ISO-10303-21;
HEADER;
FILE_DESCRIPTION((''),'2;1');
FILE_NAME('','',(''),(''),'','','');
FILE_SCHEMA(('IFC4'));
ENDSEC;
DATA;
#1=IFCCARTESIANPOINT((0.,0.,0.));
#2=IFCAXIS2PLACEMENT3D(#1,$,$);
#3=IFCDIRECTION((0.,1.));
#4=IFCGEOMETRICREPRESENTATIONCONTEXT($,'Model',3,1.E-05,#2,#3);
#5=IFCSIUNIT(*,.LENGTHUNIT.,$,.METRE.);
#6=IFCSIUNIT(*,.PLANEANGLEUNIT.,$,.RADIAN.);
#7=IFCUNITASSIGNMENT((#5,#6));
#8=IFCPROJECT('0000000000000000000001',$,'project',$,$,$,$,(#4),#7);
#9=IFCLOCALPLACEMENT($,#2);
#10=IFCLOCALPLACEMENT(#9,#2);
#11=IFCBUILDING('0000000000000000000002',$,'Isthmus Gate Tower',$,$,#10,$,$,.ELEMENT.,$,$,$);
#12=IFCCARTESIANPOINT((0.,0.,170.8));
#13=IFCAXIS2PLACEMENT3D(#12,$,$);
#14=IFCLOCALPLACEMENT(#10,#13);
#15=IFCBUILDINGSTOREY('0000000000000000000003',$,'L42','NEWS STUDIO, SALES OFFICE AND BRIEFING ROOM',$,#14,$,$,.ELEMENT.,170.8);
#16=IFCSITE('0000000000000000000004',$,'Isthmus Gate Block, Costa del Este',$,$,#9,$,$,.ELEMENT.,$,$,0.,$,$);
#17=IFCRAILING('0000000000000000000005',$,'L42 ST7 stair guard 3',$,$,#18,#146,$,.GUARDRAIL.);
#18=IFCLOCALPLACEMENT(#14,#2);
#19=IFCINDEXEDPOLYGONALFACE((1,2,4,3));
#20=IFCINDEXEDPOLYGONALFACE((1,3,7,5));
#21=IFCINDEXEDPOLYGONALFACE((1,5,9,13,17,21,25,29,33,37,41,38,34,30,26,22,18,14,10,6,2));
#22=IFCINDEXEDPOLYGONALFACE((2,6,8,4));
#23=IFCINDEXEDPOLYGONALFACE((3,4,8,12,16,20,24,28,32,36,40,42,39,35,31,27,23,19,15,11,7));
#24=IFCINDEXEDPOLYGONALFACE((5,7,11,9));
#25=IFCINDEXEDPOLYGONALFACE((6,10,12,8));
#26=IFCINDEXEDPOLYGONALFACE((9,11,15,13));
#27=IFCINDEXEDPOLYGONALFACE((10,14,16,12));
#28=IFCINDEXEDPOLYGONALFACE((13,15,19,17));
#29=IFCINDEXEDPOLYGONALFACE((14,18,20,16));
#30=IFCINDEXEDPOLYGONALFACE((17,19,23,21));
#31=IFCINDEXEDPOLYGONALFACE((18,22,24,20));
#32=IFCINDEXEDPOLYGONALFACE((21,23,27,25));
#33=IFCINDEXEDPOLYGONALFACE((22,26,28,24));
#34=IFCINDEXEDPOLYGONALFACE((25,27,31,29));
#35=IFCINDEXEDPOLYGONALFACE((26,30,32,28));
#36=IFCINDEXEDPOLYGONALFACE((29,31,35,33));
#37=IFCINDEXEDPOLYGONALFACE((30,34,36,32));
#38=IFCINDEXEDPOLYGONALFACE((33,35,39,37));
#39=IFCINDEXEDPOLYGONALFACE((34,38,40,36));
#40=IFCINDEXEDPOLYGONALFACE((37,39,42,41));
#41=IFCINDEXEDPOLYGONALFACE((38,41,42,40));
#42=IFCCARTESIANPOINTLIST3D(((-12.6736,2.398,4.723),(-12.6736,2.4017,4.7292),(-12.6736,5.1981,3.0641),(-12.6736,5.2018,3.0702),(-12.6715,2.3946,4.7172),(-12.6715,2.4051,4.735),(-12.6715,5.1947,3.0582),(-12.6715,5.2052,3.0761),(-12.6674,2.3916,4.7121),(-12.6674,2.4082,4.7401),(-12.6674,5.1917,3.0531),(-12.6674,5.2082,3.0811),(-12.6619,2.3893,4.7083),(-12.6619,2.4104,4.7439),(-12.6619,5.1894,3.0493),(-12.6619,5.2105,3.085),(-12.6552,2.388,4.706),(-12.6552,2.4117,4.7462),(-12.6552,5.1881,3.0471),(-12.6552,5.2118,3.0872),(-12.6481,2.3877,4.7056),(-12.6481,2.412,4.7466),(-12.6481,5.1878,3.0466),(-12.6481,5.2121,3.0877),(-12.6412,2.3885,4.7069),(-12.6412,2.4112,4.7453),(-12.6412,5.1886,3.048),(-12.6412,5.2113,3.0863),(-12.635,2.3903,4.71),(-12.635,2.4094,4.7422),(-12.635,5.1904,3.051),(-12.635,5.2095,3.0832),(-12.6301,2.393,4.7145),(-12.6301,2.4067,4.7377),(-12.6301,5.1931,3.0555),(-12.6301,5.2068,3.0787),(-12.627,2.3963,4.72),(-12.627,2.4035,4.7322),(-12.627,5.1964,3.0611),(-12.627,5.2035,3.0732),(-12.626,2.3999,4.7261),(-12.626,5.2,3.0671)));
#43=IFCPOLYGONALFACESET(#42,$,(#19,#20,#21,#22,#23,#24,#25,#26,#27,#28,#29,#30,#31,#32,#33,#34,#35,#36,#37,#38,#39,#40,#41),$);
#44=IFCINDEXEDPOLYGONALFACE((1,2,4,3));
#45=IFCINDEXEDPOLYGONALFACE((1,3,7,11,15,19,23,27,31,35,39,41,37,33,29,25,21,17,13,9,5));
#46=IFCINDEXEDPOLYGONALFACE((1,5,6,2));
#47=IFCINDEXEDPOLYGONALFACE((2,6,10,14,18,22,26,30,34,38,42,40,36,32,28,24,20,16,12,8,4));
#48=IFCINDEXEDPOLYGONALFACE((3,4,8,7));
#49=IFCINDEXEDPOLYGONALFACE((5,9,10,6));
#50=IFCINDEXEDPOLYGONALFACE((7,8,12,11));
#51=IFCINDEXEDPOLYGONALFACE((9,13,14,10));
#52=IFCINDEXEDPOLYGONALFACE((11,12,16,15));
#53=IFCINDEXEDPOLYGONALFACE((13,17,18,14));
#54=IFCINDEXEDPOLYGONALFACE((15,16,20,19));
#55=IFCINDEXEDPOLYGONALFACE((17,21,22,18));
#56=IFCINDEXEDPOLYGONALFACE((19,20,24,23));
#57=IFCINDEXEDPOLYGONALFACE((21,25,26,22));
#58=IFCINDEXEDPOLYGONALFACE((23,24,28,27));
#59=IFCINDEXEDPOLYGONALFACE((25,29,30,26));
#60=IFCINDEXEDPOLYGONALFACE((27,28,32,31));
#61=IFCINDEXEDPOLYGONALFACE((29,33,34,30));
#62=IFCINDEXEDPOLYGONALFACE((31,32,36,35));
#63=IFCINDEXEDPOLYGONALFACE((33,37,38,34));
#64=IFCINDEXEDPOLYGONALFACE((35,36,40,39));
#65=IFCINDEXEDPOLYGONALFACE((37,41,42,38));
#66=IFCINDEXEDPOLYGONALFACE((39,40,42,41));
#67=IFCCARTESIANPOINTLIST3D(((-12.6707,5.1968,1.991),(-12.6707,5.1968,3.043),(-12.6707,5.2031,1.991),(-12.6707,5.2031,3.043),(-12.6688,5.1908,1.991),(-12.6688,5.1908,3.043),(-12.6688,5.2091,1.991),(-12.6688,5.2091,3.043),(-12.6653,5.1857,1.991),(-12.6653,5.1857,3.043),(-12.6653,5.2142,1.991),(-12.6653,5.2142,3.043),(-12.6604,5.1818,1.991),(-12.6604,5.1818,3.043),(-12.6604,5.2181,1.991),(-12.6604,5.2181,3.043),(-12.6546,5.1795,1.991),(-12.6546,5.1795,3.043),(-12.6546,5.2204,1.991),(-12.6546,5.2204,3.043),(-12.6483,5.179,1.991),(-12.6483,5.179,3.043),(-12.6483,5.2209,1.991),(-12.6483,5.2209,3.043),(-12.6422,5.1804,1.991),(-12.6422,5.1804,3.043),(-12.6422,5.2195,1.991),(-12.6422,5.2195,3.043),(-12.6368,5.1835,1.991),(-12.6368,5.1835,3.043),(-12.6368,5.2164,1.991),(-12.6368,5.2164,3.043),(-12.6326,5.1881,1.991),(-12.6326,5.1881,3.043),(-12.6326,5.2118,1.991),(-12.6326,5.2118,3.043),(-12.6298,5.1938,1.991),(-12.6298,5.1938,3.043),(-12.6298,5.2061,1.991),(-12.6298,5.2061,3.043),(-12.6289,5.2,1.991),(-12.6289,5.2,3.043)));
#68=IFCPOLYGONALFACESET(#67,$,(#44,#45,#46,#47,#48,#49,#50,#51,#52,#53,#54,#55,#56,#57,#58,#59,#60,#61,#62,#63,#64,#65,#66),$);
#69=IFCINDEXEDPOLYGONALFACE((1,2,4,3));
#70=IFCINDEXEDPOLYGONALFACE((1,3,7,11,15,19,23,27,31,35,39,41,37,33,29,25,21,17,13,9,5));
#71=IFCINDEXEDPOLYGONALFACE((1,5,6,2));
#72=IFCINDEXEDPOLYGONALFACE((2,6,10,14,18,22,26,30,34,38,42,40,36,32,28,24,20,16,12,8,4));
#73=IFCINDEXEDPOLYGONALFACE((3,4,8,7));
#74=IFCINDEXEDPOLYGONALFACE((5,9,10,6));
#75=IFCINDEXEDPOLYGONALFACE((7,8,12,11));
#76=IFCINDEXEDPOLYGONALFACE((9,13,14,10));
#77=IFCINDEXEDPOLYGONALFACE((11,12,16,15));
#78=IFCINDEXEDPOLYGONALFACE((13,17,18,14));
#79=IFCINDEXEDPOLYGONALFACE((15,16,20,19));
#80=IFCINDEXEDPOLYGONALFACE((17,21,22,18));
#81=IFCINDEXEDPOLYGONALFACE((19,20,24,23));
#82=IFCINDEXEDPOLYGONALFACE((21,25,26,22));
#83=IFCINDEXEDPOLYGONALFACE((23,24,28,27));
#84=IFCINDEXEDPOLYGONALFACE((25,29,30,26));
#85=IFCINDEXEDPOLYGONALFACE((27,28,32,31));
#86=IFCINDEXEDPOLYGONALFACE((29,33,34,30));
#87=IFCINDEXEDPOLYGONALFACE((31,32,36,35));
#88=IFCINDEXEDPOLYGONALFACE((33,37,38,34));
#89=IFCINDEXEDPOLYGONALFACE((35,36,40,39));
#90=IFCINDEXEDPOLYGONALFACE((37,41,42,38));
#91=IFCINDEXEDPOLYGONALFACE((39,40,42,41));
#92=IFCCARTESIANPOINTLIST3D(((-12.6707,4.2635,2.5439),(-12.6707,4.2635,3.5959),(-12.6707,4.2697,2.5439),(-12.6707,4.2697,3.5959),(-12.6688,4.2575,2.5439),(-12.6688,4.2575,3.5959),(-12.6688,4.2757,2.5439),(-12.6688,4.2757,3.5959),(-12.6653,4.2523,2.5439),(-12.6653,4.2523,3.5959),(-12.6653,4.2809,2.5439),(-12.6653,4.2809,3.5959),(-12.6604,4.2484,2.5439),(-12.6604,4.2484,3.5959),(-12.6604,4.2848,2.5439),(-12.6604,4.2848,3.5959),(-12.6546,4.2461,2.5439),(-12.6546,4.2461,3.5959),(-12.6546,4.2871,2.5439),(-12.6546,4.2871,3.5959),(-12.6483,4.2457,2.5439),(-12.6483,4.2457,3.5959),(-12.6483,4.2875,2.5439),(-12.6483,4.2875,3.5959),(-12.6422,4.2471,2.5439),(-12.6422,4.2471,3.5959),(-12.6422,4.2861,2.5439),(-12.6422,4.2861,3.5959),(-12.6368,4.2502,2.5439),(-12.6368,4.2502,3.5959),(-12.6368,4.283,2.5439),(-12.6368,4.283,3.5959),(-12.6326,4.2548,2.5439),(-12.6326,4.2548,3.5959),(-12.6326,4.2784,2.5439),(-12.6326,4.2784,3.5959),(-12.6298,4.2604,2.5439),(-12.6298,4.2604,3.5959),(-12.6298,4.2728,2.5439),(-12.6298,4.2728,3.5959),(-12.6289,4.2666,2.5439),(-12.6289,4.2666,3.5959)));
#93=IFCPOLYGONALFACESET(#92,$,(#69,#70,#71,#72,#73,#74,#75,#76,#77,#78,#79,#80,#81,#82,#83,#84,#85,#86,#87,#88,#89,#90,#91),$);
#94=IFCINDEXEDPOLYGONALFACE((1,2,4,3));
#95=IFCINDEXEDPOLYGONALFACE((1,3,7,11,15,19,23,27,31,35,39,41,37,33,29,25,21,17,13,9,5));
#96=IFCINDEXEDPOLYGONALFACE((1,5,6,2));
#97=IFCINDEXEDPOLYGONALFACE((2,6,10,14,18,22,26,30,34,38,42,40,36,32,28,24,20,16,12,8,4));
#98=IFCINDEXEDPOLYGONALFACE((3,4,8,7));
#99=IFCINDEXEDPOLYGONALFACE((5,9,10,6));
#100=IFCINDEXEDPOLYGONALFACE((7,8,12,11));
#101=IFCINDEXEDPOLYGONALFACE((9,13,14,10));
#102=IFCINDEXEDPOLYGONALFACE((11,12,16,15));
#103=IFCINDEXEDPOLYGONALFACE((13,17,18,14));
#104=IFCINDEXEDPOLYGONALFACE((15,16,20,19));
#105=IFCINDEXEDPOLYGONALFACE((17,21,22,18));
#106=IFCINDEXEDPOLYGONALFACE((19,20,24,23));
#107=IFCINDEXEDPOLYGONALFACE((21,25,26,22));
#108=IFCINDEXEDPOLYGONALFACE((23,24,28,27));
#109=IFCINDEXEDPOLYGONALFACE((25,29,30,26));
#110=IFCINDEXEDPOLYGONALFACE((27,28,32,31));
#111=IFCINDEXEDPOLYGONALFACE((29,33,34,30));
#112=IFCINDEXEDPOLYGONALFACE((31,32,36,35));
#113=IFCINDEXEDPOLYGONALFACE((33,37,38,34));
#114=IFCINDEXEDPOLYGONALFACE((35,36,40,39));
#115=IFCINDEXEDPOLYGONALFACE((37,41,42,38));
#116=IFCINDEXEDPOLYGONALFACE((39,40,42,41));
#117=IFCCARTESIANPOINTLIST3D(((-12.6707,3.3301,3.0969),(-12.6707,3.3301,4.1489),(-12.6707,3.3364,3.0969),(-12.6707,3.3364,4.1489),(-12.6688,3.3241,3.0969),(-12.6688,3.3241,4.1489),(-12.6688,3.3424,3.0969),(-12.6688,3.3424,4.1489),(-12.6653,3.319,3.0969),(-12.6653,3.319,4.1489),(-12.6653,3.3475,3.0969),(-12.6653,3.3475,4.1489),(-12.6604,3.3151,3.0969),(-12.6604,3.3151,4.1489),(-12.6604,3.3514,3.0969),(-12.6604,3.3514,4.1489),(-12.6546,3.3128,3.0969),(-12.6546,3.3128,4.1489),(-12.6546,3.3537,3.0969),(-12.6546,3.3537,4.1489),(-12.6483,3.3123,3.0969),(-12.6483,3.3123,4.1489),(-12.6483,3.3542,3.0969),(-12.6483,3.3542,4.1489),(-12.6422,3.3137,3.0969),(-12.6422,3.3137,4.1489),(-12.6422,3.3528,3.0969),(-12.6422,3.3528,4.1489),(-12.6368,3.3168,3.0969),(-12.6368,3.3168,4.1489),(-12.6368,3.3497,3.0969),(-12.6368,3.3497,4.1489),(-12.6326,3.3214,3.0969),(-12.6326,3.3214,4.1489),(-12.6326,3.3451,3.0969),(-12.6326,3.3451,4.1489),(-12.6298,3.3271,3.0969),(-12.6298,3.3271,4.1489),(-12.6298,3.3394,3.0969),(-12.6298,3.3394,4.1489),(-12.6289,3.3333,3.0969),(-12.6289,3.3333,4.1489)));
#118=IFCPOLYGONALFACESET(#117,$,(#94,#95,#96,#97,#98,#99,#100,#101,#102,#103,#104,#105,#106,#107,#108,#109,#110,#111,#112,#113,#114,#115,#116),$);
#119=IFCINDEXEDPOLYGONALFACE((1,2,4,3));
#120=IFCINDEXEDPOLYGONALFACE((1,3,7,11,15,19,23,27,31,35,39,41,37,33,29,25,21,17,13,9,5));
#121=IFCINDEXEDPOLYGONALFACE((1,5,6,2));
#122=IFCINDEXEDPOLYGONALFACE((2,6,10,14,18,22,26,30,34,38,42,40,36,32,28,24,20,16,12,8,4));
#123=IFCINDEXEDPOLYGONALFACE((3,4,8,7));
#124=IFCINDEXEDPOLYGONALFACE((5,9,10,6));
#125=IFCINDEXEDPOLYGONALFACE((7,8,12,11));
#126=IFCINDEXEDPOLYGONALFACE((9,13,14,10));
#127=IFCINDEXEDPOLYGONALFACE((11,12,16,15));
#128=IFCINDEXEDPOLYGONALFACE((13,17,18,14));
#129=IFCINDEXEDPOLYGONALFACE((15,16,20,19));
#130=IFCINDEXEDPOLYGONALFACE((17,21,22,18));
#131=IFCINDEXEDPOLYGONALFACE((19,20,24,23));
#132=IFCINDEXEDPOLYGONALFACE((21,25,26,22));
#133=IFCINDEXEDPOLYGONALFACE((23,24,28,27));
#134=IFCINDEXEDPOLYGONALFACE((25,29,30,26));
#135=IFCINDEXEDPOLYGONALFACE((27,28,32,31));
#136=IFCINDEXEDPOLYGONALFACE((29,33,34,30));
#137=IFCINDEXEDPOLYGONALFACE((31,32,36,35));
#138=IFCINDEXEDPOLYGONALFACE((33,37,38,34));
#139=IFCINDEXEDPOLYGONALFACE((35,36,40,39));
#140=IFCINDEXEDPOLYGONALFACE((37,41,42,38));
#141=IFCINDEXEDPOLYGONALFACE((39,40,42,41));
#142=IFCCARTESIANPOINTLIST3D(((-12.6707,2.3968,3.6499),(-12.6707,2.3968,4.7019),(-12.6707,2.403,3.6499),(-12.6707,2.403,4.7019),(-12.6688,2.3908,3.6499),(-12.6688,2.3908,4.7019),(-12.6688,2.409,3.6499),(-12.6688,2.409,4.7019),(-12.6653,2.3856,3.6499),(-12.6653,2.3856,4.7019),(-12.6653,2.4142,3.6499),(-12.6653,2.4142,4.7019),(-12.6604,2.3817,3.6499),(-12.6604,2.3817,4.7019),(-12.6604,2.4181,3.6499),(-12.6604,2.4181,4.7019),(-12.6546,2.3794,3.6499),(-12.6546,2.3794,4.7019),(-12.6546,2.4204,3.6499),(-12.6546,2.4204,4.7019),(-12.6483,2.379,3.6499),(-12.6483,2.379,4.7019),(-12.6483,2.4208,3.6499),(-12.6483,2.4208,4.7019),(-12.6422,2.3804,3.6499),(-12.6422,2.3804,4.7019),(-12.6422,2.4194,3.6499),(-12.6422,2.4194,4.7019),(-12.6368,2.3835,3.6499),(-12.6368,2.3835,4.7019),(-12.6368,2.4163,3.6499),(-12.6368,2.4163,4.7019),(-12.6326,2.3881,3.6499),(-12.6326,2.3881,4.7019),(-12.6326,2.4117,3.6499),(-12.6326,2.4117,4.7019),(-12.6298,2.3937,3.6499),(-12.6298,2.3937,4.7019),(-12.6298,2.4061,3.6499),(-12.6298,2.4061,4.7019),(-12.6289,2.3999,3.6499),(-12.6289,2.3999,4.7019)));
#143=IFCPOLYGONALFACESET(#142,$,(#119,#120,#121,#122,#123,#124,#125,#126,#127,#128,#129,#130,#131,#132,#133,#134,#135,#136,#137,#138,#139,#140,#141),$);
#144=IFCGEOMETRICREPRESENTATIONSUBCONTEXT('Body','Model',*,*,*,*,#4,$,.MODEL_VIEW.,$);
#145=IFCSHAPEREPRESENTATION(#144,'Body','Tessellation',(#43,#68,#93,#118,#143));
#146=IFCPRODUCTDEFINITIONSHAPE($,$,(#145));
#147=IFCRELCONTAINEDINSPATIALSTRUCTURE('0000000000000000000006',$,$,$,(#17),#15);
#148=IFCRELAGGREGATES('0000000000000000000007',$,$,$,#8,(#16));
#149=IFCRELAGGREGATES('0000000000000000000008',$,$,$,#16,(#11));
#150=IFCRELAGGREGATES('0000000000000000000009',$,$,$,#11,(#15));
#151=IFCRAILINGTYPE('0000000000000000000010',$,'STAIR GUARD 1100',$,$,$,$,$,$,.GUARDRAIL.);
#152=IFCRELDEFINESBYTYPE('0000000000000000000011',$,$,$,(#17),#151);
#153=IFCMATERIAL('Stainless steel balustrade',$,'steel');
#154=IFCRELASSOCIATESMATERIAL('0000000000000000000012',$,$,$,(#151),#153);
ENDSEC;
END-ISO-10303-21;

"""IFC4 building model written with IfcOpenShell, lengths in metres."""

from ifc_helpers import new_model, si_unit, direction, frame, origin, origin_2d, place, context, subcontext, project, spatial, circle, extrude, material, type_object, element, save


model = new_model("IFC4")

# Units and contexts
model_context = context("Model", 3, precision=1e-05, world=origin(), true_north=direction((0.0, 1.0)))
body_context = subcontext(model_context, "Body", "Model", "MODEL_VIEW")
ifc_project = project(units=[si_unit("LENGTHUNIT", "METRE"), si_unit("PLANEANGLEUNIT", "RADIAN")], contexts=[model_context])

# Site, building, storey
site_placement = place(None, origin())
site = spatial("IfcSite", under=ifc_project, at=site_placement, Name="Isthmus Gate Block, Costa del Este", CompositionType="ELEMENT", RefElevation=0.0)
building_placement = place(site_placement, origin())
building = spatial("IfcBuilding", under=site, at=building_placement, Name="Isthmus Gate Tower", CompositionType="ELEMENT")
storey_placement = place(building_placement, frame((0.0, 0.0, 170.8)))
storey = spatial("IfcBuildingStorey", under=building, at=storey_placement, Name="L42", Description="NEWS STUDIO, SALES OFFICE AND BRIEFING ROOM", CompositionType="ELEMENT", Elevation=170.8)

# Railing
ifc_material_1 = material(Name="Stainless steel balustrade", Category="steel")
railing_type_1 = type_object("IfcRailingType", Name="STAIR GUARD 1100", PredefinedType="GUARDRAIL", material=ifc_material_1)
railing_1_placement = place(storey_placement, frame((-12.6499, 5.2, 1.991)))
element("IfcRailing", 1, at=railing_1_placement, inside=storey, type_object=railing_type_1, Name="L42 ST7 stair guard 3", PredefinedType="GUARDRAIL", context=body_context, shape_type="SweptSolid", body=[
    extrude(circle(Radius=0.0239, at=origin_2d()), frame((0.0, 0.0, 1.0762), z_axis=(0.0, -0.860339, 0.509722), x_axis=(1.0, 0.0, 0.0)), (0.0, 0.0, 1.0), 3.2546),
    extrude(circle(Radius=0.021, at=origin_2d()), origin(), (0.0, 0.0, 1.0), 1.052),
    extrude(circle(Radius=0.021, at=origin_2d()), frame((0.0, -0.9333, 0.553)), (0.0, 0.0, 1.0), 1.052),
    extrude(circle(Radius=0.021, at=origin_2d()), frame((0.0, -1.8667, 1.106)), (0.0, 0.0, 1.0), 1.052),
    extrude(circle(Radius=0.021, at=origin_2d()), frame((0.0, -2.8, 1.6589)), (0.0, 0.0, 1.0), 1.052),
])

save(model, "model.ifc")
